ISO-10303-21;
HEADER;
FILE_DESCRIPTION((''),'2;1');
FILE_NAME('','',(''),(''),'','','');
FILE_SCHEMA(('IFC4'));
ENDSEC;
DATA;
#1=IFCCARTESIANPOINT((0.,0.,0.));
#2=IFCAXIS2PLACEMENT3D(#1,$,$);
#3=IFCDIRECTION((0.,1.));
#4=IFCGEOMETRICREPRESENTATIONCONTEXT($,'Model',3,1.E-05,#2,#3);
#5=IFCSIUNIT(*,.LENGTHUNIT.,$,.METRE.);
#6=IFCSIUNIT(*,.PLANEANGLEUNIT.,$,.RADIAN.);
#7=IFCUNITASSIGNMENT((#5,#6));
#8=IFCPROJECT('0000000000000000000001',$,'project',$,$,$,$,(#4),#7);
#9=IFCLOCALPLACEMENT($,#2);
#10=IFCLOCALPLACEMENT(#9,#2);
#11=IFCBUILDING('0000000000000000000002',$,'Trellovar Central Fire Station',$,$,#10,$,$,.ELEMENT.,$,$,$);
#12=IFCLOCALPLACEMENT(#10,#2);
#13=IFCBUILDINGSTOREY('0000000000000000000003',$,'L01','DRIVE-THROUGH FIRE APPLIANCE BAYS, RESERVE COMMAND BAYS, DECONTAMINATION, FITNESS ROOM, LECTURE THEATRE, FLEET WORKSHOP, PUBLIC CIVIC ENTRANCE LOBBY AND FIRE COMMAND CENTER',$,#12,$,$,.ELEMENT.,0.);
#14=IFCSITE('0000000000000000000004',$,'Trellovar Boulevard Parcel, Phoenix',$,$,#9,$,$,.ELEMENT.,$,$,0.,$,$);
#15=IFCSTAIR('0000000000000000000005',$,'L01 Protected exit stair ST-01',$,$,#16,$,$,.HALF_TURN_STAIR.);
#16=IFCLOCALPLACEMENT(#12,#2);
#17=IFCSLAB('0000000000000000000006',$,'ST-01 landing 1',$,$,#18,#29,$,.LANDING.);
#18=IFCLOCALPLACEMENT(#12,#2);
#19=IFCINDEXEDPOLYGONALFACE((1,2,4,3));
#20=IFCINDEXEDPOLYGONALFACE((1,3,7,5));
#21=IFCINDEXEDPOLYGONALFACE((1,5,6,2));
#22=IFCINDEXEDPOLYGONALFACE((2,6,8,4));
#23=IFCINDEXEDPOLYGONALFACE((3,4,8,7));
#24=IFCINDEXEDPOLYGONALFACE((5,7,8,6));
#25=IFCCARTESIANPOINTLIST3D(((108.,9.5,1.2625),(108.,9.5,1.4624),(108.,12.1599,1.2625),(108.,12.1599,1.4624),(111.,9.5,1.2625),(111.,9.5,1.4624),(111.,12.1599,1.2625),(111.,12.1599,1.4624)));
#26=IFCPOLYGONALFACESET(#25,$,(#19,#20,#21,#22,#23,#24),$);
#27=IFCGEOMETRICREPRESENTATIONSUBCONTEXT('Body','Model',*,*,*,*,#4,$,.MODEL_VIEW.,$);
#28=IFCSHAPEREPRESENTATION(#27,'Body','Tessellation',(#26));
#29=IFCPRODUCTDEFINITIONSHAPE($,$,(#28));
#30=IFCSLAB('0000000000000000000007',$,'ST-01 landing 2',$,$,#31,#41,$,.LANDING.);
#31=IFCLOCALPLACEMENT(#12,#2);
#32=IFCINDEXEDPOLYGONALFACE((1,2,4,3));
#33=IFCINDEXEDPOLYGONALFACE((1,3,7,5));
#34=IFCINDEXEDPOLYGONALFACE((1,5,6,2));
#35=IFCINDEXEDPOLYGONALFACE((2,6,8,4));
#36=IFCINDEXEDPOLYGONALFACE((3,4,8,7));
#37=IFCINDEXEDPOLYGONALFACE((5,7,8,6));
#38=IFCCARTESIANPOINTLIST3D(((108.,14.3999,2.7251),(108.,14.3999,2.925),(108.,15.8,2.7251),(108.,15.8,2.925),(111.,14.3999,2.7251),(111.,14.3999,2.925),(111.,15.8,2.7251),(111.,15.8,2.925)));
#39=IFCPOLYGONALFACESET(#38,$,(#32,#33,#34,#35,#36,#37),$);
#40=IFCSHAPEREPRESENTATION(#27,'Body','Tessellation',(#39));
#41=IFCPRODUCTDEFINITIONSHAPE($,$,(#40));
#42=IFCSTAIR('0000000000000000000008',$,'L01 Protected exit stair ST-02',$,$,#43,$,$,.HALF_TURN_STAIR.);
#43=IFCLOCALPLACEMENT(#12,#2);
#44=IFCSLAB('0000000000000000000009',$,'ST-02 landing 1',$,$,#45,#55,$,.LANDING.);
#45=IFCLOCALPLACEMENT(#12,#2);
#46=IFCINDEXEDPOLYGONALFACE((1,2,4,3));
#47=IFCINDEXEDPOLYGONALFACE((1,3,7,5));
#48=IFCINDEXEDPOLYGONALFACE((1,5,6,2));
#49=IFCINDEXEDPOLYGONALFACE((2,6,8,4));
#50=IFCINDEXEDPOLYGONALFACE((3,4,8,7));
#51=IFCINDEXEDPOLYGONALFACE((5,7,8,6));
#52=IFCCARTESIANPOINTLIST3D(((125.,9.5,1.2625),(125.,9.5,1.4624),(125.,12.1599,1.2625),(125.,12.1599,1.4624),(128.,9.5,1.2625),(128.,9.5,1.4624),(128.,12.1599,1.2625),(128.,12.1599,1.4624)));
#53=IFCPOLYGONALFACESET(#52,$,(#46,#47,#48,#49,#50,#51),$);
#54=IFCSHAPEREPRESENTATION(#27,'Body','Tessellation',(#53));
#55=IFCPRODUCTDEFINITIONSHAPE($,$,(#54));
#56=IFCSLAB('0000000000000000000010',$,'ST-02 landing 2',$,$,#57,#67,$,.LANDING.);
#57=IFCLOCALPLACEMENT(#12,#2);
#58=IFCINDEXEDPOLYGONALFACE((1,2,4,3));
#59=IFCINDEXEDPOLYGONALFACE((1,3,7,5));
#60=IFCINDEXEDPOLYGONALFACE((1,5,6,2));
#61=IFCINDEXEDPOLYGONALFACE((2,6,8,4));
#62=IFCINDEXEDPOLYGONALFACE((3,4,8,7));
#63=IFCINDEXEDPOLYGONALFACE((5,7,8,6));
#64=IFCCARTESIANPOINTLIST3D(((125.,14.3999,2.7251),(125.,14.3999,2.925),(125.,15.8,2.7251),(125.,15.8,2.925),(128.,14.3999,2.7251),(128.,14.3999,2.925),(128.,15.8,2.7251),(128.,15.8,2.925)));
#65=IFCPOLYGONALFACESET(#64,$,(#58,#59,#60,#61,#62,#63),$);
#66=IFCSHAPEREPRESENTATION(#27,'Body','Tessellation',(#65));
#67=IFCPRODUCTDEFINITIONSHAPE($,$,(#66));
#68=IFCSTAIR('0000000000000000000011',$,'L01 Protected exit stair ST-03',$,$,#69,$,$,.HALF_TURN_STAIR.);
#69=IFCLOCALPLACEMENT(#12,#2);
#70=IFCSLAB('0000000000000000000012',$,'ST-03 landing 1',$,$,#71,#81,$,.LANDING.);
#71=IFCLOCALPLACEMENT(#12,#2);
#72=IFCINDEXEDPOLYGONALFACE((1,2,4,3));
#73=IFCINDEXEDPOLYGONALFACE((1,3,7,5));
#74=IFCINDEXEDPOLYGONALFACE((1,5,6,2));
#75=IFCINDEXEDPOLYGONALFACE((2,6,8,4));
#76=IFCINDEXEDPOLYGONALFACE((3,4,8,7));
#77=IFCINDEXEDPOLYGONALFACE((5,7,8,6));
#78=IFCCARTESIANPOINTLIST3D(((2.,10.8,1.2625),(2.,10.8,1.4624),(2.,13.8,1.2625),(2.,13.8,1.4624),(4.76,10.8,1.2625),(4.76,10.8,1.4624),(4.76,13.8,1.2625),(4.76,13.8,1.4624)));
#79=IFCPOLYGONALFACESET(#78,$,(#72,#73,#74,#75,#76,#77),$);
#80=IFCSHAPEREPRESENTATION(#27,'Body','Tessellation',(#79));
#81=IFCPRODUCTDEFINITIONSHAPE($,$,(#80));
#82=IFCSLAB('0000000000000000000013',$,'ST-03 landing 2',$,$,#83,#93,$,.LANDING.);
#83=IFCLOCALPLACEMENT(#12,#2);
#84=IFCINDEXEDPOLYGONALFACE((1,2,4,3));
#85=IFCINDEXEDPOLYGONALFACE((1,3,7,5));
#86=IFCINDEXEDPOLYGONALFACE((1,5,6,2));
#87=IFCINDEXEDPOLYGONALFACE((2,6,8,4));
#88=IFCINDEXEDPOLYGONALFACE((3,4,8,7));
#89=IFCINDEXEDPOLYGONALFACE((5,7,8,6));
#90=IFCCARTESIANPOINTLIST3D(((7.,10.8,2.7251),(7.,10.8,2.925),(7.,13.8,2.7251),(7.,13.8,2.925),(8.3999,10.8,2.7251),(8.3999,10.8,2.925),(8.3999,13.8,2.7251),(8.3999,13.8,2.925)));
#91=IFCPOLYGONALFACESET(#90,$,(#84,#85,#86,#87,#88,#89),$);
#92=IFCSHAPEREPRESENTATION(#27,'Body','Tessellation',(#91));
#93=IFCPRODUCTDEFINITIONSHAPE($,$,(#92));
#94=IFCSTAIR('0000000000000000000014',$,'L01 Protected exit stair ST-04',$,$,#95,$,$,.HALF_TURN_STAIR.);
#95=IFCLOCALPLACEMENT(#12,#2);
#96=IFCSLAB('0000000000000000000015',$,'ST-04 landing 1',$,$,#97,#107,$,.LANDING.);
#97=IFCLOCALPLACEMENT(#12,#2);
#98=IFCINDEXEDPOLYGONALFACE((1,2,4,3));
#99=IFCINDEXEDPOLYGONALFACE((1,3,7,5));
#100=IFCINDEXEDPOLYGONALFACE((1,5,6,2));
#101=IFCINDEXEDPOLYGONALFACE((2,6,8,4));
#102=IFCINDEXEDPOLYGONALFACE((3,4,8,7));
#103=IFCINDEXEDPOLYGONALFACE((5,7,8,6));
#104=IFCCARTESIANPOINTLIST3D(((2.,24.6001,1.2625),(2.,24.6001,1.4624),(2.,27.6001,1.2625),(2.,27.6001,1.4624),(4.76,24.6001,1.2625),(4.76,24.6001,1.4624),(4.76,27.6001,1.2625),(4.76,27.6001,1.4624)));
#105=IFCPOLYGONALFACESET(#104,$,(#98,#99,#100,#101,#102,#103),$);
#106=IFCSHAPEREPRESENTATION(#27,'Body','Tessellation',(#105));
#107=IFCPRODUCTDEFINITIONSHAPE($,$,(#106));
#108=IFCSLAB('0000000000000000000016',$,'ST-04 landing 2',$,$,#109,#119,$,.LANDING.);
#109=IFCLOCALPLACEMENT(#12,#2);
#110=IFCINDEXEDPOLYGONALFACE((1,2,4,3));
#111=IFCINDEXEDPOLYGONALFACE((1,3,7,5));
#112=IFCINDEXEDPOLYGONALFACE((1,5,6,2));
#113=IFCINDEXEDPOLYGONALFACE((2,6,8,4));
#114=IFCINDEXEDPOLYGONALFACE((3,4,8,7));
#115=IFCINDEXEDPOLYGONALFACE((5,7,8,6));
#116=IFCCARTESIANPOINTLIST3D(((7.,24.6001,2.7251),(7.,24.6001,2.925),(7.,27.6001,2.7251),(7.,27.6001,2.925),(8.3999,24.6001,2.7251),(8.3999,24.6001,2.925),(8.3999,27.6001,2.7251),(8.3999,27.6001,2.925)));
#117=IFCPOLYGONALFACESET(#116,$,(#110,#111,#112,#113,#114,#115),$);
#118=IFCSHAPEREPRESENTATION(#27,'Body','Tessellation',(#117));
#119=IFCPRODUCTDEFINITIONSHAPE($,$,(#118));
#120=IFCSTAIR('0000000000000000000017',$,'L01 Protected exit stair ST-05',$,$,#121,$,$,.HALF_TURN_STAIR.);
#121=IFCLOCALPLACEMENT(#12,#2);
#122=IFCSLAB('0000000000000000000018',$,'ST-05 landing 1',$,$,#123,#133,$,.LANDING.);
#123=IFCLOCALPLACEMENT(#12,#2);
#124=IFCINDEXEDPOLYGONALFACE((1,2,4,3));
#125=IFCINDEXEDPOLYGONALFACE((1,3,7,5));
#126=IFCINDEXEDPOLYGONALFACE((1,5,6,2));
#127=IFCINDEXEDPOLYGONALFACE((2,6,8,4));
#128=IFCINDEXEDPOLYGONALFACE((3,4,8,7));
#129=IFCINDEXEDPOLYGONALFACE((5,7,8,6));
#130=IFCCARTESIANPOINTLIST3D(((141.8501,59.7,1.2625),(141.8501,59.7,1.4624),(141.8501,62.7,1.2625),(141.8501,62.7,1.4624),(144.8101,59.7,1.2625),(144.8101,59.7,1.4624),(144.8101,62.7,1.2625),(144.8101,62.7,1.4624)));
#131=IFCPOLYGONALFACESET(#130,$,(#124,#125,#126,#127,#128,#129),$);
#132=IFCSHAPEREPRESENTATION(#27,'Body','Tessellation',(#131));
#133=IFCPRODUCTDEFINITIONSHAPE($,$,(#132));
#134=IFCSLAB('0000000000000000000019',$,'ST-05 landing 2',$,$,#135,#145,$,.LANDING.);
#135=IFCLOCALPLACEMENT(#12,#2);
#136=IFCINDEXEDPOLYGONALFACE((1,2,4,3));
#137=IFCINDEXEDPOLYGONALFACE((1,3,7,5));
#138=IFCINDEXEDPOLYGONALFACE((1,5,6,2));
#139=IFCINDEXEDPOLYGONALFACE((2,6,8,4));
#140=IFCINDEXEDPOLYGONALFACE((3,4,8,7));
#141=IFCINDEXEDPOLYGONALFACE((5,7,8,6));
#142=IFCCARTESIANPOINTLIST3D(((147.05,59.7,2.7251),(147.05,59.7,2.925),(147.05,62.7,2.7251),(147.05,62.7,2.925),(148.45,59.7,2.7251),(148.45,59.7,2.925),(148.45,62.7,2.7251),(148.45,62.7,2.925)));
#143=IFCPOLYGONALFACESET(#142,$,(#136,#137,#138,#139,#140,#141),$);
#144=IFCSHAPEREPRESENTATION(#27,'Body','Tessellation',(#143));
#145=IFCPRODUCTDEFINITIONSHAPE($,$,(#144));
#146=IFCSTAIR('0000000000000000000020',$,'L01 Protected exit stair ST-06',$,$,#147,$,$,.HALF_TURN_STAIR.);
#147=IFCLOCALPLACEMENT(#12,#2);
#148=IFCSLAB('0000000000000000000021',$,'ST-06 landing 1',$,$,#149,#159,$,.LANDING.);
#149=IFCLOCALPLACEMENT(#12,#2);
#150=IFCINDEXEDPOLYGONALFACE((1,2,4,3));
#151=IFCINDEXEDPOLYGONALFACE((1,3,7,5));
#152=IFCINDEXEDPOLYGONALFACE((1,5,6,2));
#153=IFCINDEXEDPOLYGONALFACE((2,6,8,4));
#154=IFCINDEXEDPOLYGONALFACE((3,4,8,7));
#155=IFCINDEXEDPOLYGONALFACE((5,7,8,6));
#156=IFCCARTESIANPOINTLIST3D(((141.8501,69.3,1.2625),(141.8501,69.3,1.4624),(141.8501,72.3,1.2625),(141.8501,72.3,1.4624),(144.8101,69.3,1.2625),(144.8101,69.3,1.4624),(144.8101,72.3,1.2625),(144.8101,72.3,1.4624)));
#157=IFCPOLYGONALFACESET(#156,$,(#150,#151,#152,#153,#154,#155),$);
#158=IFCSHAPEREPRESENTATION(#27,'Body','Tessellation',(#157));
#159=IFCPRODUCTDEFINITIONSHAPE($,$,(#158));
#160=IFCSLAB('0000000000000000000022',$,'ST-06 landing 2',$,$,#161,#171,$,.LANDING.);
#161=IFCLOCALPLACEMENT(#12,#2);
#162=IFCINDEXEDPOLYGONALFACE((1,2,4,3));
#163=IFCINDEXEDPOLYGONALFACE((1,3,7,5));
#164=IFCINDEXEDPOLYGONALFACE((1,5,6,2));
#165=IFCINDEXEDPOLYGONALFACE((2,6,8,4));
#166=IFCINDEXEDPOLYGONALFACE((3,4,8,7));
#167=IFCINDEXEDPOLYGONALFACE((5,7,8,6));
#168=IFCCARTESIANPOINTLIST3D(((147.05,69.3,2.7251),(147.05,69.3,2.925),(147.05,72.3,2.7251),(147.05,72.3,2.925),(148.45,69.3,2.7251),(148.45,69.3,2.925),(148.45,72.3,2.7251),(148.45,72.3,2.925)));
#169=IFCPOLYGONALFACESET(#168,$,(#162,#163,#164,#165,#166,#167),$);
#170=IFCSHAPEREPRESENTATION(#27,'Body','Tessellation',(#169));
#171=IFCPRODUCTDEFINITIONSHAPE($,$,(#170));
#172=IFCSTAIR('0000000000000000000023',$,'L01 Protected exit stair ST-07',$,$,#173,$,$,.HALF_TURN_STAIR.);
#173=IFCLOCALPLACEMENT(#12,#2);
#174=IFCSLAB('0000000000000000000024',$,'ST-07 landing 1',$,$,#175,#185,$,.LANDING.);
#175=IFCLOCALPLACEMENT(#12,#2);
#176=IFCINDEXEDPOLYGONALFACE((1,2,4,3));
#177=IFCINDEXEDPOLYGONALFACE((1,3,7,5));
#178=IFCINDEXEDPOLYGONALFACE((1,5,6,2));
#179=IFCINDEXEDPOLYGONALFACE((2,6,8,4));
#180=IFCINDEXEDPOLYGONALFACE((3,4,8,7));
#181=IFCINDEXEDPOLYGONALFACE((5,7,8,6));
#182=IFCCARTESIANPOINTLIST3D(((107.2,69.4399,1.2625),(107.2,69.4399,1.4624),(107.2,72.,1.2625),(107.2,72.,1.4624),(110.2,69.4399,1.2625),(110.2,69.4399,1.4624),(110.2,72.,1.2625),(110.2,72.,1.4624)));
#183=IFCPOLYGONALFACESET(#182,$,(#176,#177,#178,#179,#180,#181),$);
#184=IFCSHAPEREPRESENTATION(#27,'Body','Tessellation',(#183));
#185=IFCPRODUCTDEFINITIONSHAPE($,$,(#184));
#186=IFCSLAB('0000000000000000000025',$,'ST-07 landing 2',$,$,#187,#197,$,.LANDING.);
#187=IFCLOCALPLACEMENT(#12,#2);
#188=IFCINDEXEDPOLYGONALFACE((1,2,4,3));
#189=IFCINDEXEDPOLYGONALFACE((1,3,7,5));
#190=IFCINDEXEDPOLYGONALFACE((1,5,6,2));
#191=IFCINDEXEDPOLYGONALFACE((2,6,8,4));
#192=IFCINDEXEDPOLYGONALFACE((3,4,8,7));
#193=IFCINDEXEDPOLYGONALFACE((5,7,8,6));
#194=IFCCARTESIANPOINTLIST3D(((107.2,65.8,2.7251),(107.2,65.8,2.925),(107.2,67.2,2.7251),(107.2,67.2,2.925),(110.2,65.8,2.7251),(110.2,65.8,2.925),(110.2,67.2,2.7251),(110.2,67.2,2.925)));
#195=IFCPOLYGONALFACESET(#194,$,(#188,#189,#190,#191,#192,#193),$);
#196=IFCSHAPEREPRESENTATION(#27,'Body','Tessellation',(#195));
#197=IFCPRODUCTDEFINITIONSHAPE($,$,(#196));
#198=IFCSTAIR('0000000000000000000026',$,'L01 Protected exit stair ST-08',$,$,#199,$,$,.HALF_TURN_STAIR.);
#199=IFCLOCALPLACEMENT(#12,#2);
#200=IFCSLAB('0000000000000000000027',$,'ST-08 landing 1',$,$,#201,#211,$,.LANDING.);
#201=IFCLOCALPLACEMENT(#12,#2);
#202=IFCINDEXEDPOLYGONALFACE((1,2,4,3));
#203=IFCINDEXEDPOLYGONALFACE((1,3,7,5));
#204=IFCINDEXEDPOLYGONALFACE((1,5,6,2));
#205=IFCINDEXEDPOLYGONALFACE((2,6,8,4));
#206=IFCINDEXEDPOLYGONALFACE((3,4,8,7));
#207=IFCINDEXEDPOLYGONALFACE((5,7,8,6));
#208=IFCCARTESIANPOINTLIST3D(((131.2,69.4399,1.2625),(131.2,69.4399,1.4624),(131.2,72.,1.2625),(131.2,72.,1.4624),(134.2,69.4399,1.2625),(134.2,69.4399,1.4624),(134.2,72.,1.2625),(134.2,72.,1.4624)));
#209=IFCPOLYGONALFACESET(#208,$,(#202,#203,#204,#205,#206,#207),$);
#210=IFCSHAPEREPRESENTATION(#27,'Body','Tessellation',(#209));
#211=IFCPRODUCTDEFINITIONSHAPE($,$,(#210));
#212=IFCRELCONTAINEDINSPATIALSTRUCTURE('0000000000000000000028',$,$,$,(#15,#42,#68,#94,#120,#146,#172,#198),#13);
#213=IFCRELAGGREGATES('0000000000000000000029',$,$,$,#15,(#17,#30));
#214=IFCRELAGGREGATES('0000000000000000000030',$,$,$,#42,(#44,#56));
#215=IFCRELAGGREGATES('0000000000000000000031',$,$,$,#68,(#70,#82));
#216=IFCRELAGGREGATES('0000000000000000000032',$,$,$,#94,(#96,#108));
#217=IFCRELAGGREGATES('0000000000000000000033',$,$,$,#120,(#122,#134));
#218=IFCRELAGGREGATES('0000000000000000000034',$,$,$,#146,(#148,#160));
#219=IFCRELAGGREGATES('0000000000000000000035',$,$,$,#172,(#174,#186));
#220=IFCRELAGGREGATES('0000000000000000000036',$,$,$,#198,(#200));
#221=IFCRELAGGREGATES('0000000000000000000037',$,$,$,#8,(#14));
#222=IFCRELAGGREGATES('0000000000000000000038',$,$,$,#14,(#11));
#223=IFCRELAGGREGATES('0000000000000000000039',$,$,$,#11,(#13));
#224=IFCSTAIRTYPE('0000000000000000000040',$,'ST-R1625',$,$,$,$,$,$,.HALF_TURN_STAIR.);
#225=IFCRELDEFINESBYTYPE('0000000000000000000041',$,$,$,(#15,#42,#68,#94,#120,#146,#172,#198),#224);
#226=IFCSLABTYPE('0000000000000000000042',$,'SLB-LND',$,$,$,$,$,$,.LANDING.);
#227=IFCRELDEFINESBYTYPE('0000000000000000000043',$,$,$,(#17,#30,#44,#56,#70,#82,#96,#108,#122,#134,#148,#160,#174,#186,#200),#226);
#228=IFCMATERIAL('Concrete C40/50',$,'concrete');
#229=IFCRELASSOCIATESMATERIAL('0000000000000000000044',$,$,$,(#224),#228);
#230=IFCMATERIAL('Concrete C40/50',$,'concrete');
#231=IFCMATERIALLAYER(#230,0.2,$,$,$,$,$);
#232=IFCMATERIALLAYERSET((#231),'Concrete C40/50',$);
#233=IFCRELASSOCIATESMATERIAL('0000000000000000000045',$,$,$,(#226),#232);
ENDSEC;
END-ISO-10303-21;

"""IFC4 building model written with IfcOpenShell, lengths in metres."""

from ifc_helpers import new_model, si_unit, direction, frame, origin, place, context, subcontext, project, spatial, polyline, outline, extrude, material, layer, layer_set, type_object, element, aggregate, save


model = new_model("IFC4")

# Units and contexts
model_context = context("Model", 3, precision=1e-05, world=origin(), true_north=direction((0.0, 1.0)))
body_context = subcontext(model_context, "Body", "Model", "MODEL_VIEW")
ifc_project = project(units=[si_unit("LENGTHUNIT", "METRE"), si_unit("PLANEANGLEUNIT", "RADIAN")], contexts=[model_context])

# Site, building, storey
site_placement = place(None, origin())
site = spatial("IfcSite", under=ifc_project, at=site_placement, Name="Trellovar Boulevard Parcel, Phoenix", CompositionType="ELEMENT", RefElevation=0.0)
building_placement = place(site_placement, origin())
building = spatial("IfcBuilding", under=site, at=building_placement, Name="Trellovar Central Fire Station", CompositionType="ELEMENT")
storey_placement = place(building_placement, origin())
storey = spatial("IfcBuildingStorey", under=building, at=storey_placement, Name="L01", Description="DRIVE-THROUGH FIRE APPLIANCE BAYS, RESERVE COMMAND BAYS, DECONTAMINATION, FITNESS ROOM, LECTURE THEATRE, FLEET WORKSHOP, PUBLIC CIVIC ENTRANCE LOBBY AND FIRE COMMAND CENTER", CompositionType="ELEMENT", Elevation=0.0)

# Stairs, slabs
ifc_material_1 = material(Name="Concrete C40/50", Category="concrete")
stair_type = type_object("IfcStairType", Name="ST-R1625", PredefinedType="HALF_TURN_STAIR", material=ifc_material_1)
stair_1_placement = place(storey_placement, origin())
stair_1 = element("IfcStair", 1, at=stair_1_placement, inside=storey, type_object=stair_type, Name="L01 Protected exit stair ST-01", PredefinedType="HALF_TURN_STAIR")
ifc_material_2 = material(Name="Concrete C40/50", Category="concrete")
ifc_layer_1 = layer(ifc_material_2, 0.2)
ifc_layer_set_1 = layer_set([ifc_layer_1], Name="Concrete C40/50")
slab_type = type_object("IfcSlabType", Name="SLB-LND", PredefinedType="LANDING", material=ifc_layer_set_1)
slab_1_placement = place(storey_placement, frame((0.0, 0.0, 1.2625)))
slab_1 = element("IfcSlab", 2, at=slab_1_placement, type_object=slab_type, Name="ST-01 landing 1", PredefinedType="LANDING", context=body_context, shape_type="SweptSolid", body=[
    extrude(outline(polyline([(108.0, 12.1599), (108.0, 9.5), (111.0, 9.5), (111.0, 12.1599), (108.0, 12.1599)])), origin(), (0.0, 0.0, 1.0), 0.2),
])
slab_2_placement = place(storey_placement, frame((0.0, 0.0, 2.7251)))
slab_2 = element("IfcSlab", 3, at=slab_2_placement, type_object=slab_type, Name="ST-01 landing 2", PredefinedType="LANDING", context=body_context, shape_type="SweptSolid", body=[
    extrude(outline(polyline([(108.0, 15.8), (108.0, 14.3999), (111.0, 14.3999), (111.0, 15.8), (108.0, 15.8)])), origin(), (0.0, 0.0, 1.0), 0.2),
])
aggregate(stair_1, [slab_1, slab_2])
stair_2_placement = place(storey_placement, origin())
stair_2 = element("IfcStair", 4, at=stair_2_placement, inside=storey, type_object=stair_type, Name="L01 Protected exit stair ST-02", PredefinedType="HALF_TURN_STAIR")
slab_3_placement = place(storey_placement, frame((0.0, 0.0, 1.2625)))
slab_3 = element("IfcSlab", 5, at=slab_3_placement, type_object=slab_type, Name="ST-02 landing 1", PredefinedType="LANDING", context=body_context, shape_type="SweptSolid", body=[
    extrude(outline(polyline([(125.0, 12.1599), (125.0, 9.5), (128.0, 9.5), (128.0, 12.1599), (125.0, 12.1599)])), origin(), (0.0, 0.0, 1.0), 0.2),
])
slab_4_placement = place(storey_placement, frame((0.0, 0.0, 2.7251)))
slab_4 = element("IfcSlab", 6, at=slab_4_placement, type_object=slab_type, Name="ST-02 landing 2", PredefinedType="LANDING", context=body_context, shape_type="SweptSolid", body=[
    extrude(outline(polyline([(125.0, 15.8), (125.0, 14.3999), (128.0, 14.3999), (128.0, 15.8), (125.0, 15.8)])), origin(), (0.0, 0.0, 1.0), 0.2),
])
aggregate(stair_2, [slab_3, slab_4])
stair_3_placement = place(storey_placement, origin())
stair_3 = element("IfcStair", 7, at=stair_3_placement, inside=storey, type_object=stair_type, Name="L01 Protected exit stair ST-03", PredefinedType="HALF_TURN_STAIR")
slab_5_placement = place(storey_placement, frame((0.0, 0.0, 1.2625)))
slab_5 = element("IfcSlab", 8, at=slab_5_placement, type_object=slab_type, Name="ST-03 landing 1", PredefinedType="LANDING", context=body_context, shape_type="SweptSolid", body=[
    extrude(outline(polyline([(4.76, 13.8), (2.0, 13.8), (2.0, 10.8), (4.76, 10.8), (4.76, 13.8)])), origin(), (0.0, 0.0, 1.0), 0.2),
])
slab_6_placement = place(storey_placement, frame((0.0, 0.0, 2.7251)))
slab_6 = element("IfcSlab", 9, at=slab_6_placement, type_object=slab_type, Name="ST-03 landing 2", PredefinedType="LANDING", context=body_context, shape_type="SweptSolid", body=[
    extrude(outline(polyline([(8.3999, 13.8), (7.0, 13.8), (7.0, 10.8), (8.3999, 10.8), (8.3999, 13.8)])), origin(), (0.0, 0.0, 1.0), 0.2),
])
aggregate(stair_3, [slab_5, slab_6])
stair_4_placement = place(storey_placement, origin())
stair_4 = element("IfcStair", 10, at=stair_4_placement, inside=storey, type_object=stair_type, Name="L01 Protected exit stair ST-04", PredefinedType="HALF_TURN_STAIR")
slab_7_placement = place(storey_placement, frame((0.0, 0.0, 1.2625)))
slab_7 = element("IfcSlab", 11, at=slab_7_placement, type_object=slab_type, Name="ST-04 landing 1", PredefinedType="LANDING", context=body_context, shape_type="SweptSolid", body=[
    extrude(outline(polyline([(4.76, 27.6001), (2.0, 27.6001), (2.0, 24.6001), (4.76, 24.6001), (4.76, 27.6001)])), origin(), (0.0, 0.0, 1.0), 0.2),
])
slab_8_placement = place(storey_placement, frame((0.0, 0.0, 2.7251)))
slab_8 = element("IfcSlab", 12, at=slab_8_placement, type_object=slab_type, Name="ST-04 landing 2", PredefinedType="LANDING", context=body_context, shape_type="SweptSolid", body=[
    extrude(outline(polyline([(8.3999, 27.6001), (7.0, 27.6001), (7.0, 24.6001), (8.3999, 24.6001), (8.3999, 27.6001)])), origin(), (0.0, 0.0, 1.0), 0.2),
])
aggregate(stair_4, [slab_7, slab_8])
stair_5_placement = place(storey_placement, origin())
stair_5 = element("IfcStair", 13, at=stair_5_placement, inside=storey, type_object=stair_type, Name="L01 Protected exit stair ST-05", PredefinedType="HALF_TURN_STAIR")
slab_9_placement = place(storey_placement, frame((0.0, 0.0, 1.2625)))
slab_9 = element("IfcSlab", 14, at=slab_9_placement, type_object=slab_type, Name="ST-05 landing 1", PredefinedType="LANDING", context=body_context, shape_type="SweptSolid", body=[
    extrude(outline(polyline([(144.8101, 62.7), (141.8501, 62.7), (141.8501, 59.7), (144.8101, 59.7), (144.8101, 62.7)])), origin(), (0.0, 0.0, 1.0), 0.2),
])
slab_10_placement = place(storey_placement, frame((0.0, 0.0, 2.7251)))
slab_10 = element("IfcSlab", 15, at=slab_10_placement, type_object=slab_type, Name="ST-05 landing 2", PredefinedType="LANDING", context=body_context, shape_type="SweptSolid", body=[
    extrude(outline(polyline([(148.45, 62.7), (147.05, 62.7), (147.05, 59.7), (148.45, 59.7), (148.45, 62.7)])), origin(), (0.0, 0.0, 1.0), 0.2),
])
aggregate(stair_5, [slab_9, slab_10])
stair_6_placement = place(storey_placement, origin())
stair_6 = element("IfcStair", 16, at=stair_6_placement, inside=storey, type_object=stair_type, Name="L01 Protected exit stair ST-06", PredefinedType="HALF_TURN_STAIR")
slab_11_placement = place(storey_placement, frame((0.0, 0.0, 1.2625)))
slab_11 = element("IfcSlab", 17, at=slab_11_placement, type_object=slab_type, Name="ST-06 landing 1", PredefinedType="LANDING", context=body_context, shape_type="SweptSolid", body=[
    extrude(outline(polyline([(144.8101, 72.3), (141.8501, 72.3), (141.8501, 69.3), (144.8101, 69.3), (144.8101, 72.3)])), origin(), (0.0, 0.0, 1.0), 0.2),
])
slab_12_placement = place(storey_placement, frame((0.0, 0.0, 2.7251)))
slab_12 = element("IfcSlab", 18, at=slab_12_placement, type_object=slab_type, Name="ST-06 landing 2", PredefinedType="LANDING", context=body_context, shape_type="SweptSolid", body=[
    extrude(outline(polyline([(148.45, 72.3), (147.05, 72.3), (147.05, 69.3), (148.45, 69.3), (148.45, 72.3)])), origin(), (0.0, 0.0, 1.0), 0.2),
])
aggregate(stair_6, [slab_11, slab_12])
stair_7_placement = place(storey_placement, origin())
stair_7 = element("IfcStair", 19, at=stair_7_placement, inside=storey, type_object=stair_type, Name="L01 Protected exit stair ST-07", PredefinedType="HALF_TURN_STAIR")
slab_13_placement = place(storey_placement, frame((0.0, 0.0, 1.2625)))
slab_13 = element("IfcSlab", 20, at=slab_13_placement, type_object=slab_type, Name="ST-07 landing 1", PredefinedType="LANDING", context=body_context, shape_type="SweptSolid", body=[
    extrude(outline(polyline([(110.2, 69.4399), (110.2, 72.0), (107.2, 72.0), (107.2, 69.4399), (110.2, 69.4399)])), origin(), (0.0, 0.0, 1.0), 0.2),
])
slab_14_placement = place(storey_placement, frame((0.0, 0.0, 2.7251)))
slab_14 = element("IfcSlab", 21, at=slab_14_placement, type_object=slab_type, Name="ST-07 landing 2", PredefinedType="LANDING", context=body_context, shape_type="SweptSolid", body=[
    extrude(outline(polyline([(110.2, 65.8), (110.2, 67.2), (107.2, 67.2), (107.2, 65.8), (110.2, 65.8)])), origin(), (0.0, 0.0, 1.0), 0.2),
])
aggregate(stair_7, [slab_13, slab_14])
stair_8_placement = place(storey_placement, origin())
stair_8 = element("IfcStair", 22, at=stair_8_placement, inside=storey, type_object=stair_type, Name="L01 Protected exit stair ST-08", PredefinedType="HALF_TURN_STAIR")
slab_15_placement = place(storey_placement, frame((0.0, 0.0, 1.2625)))
slab_15 = element("IfcSlab", 23, at=slab_15_placement, type_object=slab_type, Name="ST-08 landing 1", PredefinedType="LANDING", context=body_context, shape_type="SweptSolid", body=[
    extrude(outline(polyline([(134.2, 69.4399), (134.2, 72.0), (131.2, 72.0), (131.2, 69.4399), (134.2, 69.4399)])), origin(), (0.0, 0.0, 1.0), 0.2),
])
aggregate(stair_8, [slab_15])

save(model, "model.ifc")
